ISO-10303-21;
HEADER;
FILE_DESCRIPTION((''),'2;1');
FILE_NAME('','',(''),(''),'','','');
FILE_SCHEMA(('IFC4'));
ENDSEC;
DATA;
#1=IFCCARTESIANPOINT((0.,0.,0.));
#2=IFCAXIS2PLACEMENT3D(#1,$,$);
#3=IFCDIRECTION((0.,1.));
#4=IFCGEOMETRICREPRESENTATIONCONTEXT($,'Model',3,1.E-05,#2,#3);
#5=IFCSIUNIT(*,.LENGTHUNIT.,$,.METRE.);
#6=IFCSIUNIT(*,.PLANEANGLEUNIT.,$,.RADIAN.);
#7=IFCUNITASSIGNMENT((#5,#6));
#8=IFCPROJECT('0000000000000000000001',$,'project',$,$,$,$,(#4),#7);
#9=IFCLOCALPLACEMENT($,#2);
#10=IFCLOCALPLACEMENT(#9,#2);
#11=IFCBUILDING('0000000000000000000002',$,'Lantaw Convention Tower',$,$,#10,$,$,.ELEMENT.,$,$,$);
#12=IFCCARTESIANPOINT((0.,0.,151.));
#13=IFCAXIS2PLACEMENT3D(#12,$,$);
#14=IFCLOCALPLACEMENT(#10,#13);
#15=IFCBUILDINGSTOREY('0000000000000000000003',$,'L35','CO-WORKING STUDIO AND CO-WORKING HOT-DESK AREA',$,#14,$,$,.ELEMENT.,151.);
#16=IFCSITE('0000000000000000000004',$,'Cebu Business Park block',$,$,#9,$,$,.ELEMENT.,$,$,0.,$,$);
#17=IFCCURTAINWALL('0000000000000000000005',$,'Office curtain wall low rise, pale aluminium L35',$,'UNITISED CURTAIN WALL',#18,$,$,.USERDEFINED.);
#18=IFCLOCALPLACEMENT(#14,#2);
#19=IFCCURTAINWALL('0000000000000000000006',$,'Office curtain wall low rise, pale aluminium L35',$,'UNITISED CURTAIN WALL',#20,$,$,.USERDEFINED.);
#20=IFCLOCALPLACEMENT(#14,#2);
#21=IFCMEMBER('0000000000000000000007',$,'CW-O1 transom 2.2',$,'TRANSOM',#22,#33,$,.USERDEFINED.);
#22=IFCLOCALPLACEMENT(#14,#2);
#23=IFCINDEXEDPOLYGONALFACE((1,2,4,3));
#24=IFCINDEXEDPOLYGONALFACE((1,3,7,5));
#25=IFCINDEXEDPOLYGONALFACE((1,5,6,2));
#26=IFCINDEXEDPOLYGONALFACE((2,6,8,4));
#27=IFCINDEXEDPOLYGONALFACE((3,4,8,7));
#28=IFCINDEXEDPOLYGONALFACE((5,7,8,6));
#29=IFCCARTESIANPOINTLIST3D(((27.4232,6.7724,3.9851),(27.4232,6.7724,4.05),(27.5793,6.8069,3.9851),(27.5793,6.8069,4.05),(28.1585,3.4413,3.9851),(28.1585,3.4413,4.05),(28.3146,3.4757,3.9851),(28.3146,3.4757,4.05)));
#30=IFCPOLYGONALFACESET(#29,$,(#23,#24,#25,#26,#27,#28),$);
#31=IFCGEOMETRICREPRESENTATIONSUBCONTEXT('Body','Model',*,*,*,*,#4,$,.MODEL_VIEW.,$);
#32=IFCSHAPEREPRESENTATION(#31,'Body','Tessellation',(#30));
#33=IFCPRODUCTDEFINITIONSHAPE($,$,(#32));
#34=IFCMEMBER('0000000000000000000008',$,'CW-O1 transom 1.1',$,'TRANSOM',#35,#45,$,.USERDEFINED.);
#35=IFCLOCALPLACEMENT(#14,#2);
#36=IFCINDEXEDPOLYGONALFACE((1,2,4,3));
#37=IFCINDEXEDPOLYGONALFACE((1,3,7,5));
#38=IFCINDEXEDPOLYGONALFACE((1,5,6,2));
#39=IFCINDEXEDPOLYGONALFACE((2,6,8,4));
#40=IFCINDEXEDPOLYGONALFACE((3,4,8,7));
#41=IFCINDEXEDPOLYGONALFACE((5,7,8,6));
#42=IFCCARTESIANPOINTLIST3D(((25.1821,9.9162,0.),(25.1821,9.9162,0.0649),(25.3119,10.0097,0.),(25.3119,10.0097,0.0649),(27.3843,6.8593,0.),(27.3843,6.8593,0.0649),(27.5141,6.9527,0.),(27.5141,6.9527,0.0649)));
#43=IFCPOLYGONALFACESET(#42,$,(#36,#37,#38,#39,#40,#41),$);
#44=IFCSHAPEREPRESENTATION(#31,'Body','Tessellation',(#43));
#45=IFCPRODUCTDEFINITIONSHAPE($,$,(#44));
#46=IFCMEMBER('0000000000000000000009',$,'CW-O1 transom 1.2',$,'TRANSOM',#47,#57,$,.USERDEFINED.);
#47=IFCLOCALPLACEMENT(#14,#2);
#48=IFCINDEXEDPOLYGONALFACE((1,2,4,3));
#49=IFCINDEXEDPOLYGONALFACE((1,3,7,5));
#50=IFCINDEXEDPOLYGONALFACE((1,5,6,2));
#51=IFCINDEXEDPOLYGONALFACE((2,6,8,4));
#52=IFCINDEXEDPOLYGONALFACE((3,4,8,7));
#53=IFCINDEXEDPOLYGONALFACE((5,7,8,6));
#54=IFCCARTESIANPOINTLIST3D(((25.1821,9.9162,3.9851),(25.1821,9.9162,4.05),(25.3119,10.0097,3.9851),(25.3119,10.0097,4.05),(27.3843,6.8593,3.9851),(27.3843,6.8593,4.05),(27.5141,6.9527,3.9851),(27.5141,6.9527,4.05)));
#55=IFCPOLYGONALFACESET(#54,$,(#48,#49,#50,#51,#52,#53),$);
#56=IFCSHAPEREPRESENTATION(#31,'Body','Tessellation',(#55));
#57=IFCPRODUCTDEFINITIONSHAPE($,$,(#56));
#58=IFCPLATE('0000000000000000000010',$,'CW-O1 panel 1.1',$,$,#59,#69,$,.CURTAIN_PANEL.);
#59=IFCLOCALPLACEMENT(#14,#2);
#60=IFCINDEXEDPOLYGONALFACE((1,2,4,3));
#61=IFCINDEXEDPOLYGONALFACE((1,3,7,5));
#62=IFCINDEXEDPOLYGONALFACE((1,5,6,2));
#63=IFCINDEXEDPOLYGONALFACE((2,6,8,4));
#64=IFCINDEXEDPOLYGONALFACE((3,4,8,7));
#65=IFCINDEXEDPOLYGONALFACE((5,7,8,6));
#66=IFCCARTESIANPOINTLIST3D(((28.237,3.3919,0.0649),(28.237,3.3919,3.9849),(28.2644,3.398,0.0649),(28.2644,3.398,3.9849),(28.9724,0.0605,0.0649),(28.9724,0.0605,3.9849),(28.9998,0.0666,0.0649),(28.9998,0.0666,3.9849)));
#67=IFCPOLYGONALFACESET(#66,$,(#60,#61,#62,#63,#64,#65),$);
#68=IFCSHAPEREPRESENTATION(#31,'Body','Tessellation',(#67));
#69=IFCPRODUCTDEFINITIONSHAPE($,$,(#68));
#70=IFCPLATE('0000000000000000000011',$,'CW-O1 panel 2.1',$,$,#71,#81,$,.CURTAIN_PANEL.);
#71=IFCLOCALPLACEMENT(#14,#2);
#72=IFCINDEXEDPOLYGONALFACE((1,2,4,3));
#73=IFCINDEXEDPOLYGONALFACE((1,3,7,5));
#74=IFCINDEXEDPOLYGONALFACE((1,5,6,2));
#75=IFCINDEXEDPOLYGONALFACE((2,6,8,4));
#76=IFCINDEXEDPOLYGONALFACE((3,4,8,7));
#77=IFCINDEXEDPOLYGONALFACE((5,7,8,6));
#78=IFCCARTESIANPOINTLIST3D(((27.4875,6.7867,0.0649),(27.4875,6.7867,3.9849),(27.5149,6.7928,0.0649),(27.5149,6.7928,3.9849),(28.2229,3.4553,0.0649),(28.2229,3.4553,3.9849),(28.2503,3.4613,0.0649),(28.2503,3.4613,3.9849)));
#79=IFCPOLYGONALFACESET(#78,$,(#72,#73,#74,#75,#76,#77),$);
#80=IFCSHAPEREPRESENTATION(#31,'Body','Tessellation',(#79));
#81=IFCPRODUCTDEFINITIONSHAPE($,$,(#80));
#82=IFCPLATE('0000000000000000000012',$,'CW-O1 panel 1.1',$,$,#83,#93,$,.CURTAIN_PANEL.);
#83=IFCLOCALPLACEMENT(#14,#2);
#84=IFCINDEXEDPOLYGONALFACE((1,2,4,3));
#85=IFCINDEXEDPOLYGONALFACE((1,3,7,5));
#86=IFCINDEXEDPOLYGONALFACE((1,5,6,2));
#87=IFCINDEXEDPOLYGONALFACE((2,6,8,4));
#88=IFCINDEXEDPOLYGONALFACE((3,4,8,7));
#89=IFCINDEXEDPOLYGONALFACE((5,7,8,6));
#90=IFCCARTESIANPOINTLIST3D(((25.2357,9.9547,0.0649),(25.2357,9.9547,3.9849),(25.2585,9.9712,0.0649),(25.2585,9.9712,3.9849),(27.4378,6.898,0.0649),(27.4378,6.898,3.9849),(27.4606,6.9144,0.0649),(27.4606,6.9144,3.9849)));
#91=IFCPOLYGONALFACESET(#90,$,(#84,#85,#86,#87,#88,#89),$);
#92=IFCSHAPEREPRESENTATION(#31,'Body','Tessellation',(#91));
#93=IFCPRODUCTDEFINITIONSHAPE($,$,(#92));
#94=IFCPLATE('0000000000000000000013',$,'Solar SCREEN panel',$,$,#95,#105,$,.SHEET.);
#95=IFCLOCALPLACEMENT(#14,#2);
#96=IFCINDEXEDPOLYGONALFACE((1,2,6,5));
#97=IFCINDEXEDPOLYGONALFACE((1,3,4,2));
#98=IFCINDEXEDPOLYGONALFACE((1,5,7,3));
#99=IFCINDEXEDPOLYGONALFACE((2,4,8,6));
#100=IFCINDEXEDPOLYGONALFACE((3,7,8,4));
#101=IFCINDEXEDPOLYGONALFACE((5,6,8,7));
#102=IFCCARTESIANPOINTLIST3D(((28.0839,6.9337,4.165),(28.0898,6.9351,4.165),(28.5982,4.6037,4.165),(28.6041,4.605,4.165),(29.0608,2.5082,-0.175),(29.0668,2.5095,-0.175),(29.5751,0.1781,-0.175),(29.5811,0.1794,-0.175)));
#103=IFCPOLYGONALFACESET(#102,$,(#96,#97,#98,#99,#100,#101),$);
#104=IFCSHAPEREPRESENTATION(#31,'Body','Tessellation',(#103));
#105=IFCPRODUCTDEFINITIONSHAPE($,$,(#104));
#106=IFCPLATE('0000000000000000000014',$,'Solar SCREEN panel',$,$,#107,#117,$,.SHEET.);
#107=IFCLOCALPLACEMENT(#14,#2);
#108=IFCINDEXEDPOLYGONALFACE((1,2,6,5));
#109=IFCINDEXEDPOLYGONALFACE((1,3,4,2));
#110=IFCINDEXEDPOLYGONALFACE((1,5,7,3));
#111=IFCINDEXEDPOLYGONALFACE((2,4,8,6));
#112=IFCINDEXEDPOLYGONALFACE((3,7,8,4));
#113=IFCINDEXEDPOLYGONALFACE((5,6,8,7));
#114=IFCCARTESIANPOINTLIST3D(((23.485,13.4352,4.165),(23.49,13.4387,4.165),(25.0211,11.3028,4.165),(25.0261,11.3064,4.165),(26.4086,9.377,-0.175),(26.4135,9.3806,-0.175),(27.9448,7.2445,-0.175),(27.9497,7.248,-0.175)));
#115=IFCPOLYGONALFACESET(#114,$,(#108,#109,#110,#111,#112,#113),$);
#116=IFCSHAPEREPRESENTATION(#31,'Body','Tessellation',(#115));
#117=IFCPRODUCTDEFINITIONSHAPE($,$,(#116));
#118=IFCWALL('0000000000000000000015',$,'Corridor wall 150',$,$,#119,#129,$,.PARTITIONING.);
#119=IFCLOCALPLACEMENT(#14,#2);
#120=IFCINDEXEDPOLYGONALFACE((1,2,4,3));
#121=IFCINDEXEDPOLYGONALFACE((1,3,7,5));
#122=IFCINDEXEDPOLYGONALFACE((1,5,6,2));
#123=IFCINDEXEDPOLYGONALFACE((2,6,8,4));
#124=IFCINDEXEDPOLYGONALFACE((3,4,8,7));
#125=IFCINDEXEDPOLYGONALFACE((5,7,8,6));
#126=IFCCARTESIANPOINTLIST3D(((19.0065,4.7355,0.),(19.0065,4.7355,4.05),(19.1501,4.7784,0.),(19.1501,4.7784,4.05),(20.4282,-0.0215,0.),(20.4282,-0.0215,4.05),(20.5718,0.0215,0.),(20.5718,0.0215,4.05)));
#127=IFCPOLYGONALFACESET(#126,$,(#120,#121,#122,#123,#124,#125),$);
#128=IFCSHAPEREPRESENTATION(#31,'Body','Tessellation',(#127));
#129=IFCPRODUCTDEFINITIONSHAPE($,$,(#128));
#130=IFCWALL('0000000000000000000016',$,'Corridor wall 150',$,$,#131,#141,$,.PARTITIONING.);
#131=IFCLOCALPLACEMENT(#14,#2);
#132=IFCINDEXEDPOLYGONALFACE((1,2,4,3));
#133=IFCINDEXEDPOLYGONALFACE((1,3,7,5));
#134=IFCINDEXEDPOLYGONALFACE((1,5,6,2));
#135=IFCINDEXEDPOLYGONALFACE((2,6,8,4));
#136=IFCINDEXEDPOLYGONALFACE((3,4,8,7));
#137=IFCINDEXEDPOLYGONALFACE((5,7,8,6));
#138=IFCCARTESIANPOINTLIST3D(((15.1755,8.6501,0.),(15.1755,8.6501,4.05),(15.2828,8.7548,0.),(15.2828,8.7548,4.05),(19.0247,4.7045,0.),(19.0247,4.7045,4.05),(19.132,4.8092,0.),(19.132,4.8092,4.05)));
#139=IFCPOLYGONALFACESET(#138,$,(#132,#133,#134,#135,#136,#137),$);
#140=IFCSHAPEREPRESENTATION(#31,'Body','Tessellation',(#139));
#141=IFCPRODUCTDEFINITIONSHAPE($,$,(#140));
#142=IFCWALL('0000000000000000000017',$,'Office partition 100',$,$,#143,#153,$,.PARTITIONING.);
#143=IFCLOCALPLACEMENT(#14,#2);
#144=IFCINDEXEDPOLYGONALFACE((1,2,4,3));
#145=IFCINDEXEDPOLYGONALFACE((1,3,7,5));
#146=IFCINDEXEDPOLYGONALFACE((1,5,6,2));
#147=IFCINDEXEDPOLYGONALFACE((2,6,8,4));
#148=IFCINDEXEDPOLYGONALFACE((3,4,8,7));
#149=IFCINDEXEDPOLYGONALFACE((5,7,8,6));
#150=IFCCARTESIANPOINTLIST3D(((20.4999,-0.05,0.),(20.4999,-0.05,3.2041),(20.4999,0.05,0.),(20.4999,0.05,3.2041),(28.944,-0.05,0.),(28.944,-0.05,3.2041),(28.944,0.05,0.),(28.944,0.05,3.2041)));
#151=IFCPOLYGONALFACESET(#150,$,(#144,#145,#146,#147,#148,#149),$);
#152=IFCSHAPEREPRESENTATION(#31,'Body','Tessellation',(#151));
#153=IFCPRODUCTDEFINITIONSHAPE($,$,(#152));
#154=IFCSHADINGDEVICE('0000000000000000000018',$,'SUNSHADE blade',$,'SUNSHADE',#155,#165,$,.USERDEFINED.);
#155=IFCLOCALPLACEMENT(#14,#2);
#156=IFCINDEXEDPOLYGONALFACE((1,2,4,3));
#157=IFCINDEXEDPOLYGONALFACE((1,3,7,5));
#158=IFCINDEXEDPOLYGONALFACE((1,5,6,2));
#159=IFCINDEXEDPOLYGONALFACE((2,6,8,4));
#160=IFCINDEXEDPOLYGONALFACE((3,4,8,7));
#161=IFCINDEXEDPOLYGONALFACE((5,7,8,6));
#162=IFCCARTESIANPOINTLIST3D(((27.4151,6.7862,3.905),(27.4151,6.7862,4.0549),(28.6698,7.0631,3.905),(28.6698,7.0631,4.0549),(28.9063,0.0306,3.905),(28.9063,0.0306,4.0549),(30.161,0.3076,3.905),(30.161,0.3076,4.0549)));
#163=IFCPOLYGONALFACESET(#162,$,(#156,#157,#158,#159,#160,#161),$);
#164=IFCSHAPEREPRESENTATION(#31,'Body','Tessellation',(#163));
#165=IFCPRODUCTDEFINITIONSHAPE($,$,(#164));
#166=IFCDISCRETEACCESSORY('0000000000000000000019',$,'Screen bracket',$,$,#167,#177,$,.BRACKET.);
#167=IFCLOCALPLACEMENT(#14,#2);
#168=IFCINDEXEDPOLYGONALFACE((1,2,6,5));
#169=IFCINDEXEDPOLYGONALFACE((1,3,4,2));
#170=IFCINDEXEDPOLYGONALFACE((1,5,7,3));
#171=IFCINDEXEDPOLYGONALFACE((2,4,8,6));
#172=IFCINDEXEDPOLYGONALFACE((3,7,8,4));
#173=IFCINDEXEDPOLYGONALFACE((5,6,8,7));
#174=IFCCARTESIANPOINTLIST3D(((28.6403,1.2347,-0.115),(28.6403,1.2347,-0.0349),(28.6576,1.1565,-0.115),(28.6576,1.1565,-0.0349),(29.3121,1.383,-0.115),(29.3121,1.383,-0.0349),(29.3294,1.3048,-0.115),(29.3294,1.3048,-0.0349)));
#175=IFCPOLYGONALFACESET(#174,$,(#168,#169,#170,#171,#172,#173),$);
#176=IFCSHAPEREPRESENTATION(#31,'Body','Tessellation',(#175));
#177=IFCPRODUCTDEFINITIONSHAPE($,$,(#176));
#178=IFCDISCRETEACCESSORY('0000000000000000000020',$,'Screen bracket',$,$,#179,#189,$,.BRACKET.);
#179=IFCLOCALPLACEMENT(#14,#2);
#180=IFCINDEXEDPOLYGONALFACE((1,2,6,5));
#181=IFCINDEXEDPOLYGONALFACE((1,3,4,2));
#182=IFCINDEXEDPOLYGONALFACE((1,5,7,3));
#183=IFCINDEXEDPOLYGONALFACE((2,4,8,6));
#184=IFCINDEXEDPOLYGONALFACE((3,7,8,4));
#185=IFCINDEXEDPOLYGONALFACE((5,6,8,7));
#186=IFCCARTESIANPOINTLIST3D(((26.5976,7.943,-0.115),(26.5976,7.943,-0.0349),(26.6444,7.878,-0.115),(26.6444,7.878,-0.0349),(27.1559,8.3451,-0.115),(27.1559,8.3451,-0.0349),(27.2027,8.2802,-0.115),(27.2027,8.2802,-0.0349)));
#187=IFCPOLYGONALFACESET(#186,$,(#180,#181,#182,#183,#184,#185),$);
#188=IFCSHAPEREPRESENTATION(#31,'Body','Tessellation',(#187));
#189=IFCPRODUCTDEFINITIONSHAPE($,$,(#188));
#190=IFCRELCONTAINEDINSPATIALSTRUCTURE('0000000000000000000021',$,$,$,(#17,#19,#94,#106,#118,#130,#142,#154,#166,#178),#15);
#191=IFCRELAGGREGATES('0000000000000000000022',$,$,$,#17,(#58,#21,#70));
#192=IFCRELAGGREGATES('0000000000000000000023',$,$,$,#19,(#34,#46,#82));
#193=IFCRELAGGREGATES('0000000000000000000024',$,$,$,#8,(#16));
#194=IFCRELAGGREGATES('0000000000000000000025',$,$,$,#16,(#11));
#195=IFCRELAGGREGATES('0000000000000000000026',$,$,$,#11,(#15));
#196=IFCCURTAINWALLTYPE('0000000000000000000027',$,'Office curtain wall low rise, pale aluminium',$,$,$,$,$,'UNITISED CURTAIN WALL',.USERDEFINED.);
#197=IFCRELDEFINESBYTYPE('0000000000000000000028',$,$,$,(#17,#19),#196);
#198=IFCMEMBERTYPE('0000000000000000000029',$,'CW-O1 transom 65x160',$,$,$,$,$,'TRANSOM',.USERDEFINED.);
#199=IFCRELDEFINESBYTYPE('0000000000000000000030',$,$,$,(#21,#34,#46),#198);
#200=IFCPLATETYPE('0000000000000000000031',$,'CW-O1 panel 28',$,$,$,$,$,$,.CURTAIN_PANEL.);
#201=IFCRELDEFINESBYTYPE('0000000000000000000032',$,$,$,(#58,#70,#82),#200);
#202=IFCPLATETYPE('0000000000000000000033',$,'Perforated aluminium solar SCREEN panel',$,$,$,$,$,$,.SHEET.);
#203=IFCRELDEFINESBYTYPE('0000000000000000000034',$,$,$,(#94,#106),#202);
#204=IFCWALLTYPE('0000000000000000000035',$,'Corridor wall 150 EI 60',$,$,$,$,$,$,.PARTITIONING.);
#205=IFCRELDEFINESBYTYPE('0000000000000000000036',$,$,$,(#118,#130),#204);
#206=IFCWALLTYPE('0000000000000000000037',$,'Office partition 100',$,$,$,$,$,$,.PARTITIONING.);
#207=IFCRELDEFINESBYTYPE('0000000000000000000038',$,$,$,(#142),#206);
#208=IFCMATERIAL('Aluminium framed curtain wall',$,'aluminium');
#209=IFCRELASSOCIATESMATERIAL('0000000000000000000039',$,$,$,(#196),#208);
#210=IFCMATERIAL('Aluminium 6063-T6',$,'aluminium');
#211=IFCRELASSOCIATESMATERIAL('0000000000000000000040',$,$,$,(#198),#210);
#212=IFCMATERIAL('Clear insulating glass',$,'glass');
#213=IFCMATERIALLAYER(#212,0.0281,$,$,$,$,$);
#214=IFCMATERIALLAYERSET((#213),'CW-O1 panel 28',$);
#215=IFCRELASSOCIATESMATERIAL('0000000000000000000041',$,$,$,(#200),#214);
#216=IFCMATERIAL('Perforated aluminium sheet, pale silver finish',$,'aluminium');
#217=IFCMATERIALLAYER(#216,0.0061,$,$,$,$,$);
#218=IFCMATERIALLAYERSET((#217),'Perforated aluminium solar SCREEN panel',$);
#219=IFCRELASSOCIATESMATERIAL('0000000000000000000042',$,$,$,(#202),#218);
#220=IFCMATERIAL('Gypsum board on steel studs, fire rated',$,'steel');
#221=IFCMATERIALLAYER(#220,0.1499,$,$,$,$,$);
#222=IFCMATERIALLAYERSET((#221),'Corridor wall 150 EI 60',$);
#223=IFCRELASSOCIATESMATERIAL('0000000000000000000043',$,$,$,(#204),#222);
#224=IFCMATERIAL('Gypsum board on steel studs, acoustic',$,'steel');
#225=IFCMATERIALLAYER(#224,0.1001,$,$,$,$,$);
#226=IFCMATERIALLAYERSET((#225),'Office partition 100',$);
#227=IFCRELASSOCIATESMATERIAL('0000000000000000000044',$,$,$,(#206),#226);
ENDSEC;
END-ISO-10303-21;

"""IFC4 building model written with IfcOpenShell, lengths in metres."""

from ifc_helpers import new_model, si_unit, direction, frame, frame_2d, origin, origin_2d, place, context, subcontext, project, spatial, polyline, rectangle, outline, extrude, material, layer, layer_set, material_profile, profile_set, type_object, element, aggregate, save


model = new_model("IFC4")

# Units and contexts
model_context = context("Model", 3, precision=1e-05, world=origin(), true_north=direction((0.0, 1.0)))
body_context = subcontext(model_context, "Body", "Model", "MODEL_VIEW")
ifc_project = project(units=[si_unit("LENGTHUNIT", "METRE"), si_unit("PLANEANGLEUNIT", "RADIAN")], contexts=[model_context])

# Site, building, storey
site_placement = place(None, origin())
site = spatial("IfcSite", under=ifc_project, at=site_placement, Name="Cebu Business Park block", CompositionType="ELEMENT", RefElevation=0.0)
building_placement = place(site_placement, origin())
building = spatial("IfcBuilding", under=site, at=building_placement, Name="Lantaw Convention Tower", CompositionType="ELEMENT")
storey_placement = place(building_placement, frame((0.0, 0.0, 151.0)))
storey = spatial("IfcBuildingStorey", under=building, at=storey_placement, Name="L35", Description="CO-WORKING STUDIO AND CO-WORKING HOT-DESK AREA", CompositionType="ELEMENT", Elevation=151.0)

# Curtain wall
ifc_material_1 = material(Name="Aluminium framed curtain wall", Category="aluminium")
curtain_wall_type = type_object("IfcCurtainWallType", Name="Office curtain wall low rise, pale aluminium", ElementType="UNITISED CURTAIN WALL", PredefinedType="USERDEFINED", material=ifc_material_1)
curtain_wall_1_placement = place(storey_placement, origin())
curtain_wall_1 = element("IfcCurtainWall", 1, at=curtain_wall_1_placement, inside=storey, type_object=curtain_wall_type, Name="Office curtain wall low rise, pale aluminium L35", ObjectType="UNITISED CURTAIN WALL", PredefinedType="USERDEFINED")
ifc_material_2 = material(Name="Aluminium 6063-T6", Category="aluminium")

# Curtain wall
curtain_wall_2_placement = place(storey_placement, origin())
curtain_wall_2 = element("IfcCurtainWall", 2, at=curtain_wall_2_placement, inside=storey, type_object=curtain_wall_type, Name="Office curtain wall low rise, pale aluminium L35", ObjectType="UNITISED CURTAIN WALL", PredefinedType="USERDEFINED")

# Members
ifc_material_profile_1 = material_profile(ifc_material_2, rectangle(XDim=0.1599, YDim=0.0649, at=origin_2d()), Name="CW-O1 transom 65x160")
ifc_profile_set_1 = profile_set([ifc_material_profile_1], Name="Aluminium 6063-T6")
member_type_1 = type_object("IfcMemberType", Name="CW-O1 transom 65x160", ElementType="TRANSOM", PredefinedType="USERDEFINED", material=ifc_profile_set_1)
member_1_placement = place(storey_placement, frame((28.2366, 3.4585, 4.0176), z_axis=(-0.215551, 0.976493, 0.0), x_axis=(-0.976493, -0.215551, 0.0)))
member_1 = element("IfcMember", 3, at=member_1_placement, type_object=member_type_1, Name="CW-O1 transom 2.2", ObjectType="TRANSOM", PredefinedType="USERDEFINED", context=body_context, shape_type="SweptSolid", body=[
    extrude(rectangle(XDim=0.1599, YDim=0.0649, at=origin_2d()), origin(), (0.0, 0.0, 1.0), 3.4114),
])
member_2_placement = place(storey_placement, frame((27.4492, 6.906, 0.0325), z_axis=(-0.584513, 0.811384, 0.0), x_axis=(-0.811384, -0.584513, 0.0)))
member_2 = element("IfcMember", 4, at=member_2_placement, type_object=member_type_1, Name="CW-O1 transom 1.1", ObjectType="TRANSOM", PredefinedType="USERDEFINED", context=body_context, shape_type="SweptSolid", body=[
    extrude(rectangle(XDim=0.1599, YDim=0.0649, at=origin_2d()), origin(), (0.0, 0.0, 1.0), 3.7676),
])
member_3_placement = place(storey_placement, frame((27.4492, 6.906, 4.0176), z_axis=(-0.584513, 0.811384, 0.0), x_axis=(-0.811384, -0.584513, 0.0)))
member_3 = element("IfcMember", 5, at=member_3_placement, type_object=member_type_1, Name="CW-O1 transom 1.2", ObjectType="TRANSOM", PredefinedType="USERDEFINED", context=body_context, shape_type="SweptSolid", body=[
    extrude(rectangle(XDim=0.1599, YDim=0.0649, at=origin_2d()), origin(), (0.0, 0.0, 1.0), 3.7676),
])

# Plates
ifc_material_3 = material(Name="Clear insulating glass", Category="glass")
ifc_layer_1 = layer(ifc_material_3, 0.0281)
ifc_layer_set_1 = layer_set([ifc_layer_1], Name="CW-O1 panel 28")
plate_type_1 = type_object("IfcPlateType", Name="CW-O1 panel 28", PredefinedType="CURTAIN_PANEL", material=ifc_layer_set_1)
plate_1_placement = place(storey_placement, frame((28.6184, 1.7292, 0.0649), z_axis=(0.0, 0.0, 1.0), x_axis=(-0.215546, 0.976494, 0.0)))
plate_1 = element("IfcPlate", 6, at=plate_1_placement, type_object=plate_type_1, Name="CW-O1 panel 1.1", PredefinedType="CURTAIN_PANEL", context=body_context, shape_type="SweptSolid", body=[
    extrude(rectangle(XDim=3.4116, YDim=0.0281, at=origin_2d()), origin(), (0.0, 0.0, 1.0), 3.9199),
])
plate_2_placement = place(storey_placement, frame((27.8689, 5.124, 0.0649), z_axis=(0.0, 0.0, 1.0), x_axis=(-0.215546, 0.976494, 0.0)))
plate_2 = element("IfcPlate", 7, at=plate_2_placement, type_object=plate_type_1, Name="CW-O1 panel 2.1", PredefinedType="CURTAIN_PANEL", context=body_context, shape_type="SweptSolid", body=[
    extrude(rectangle(XDim=3.4116, YDim=0.0281, at=origin_2d()), origin(), (0.0, 0.0, 1.0), 3.9199),
])
aggregate(curtain_wall_1, [plate_1, member_1, plate_2])
plate_3_placement = place(storey_placement, frame((26.3481, 8.4346, 0.0649), z_axis=(0.0, 0.0, 1.0), x_axis=(-0.584513, 0.811385, 0.0)))
plate_3 = element("IfcPlate", 8, at=plate_3_placement, type_object=plate_type_1, Name="CW-O1 panel 1.1", PredefinedType="CURTAIN_PANEL", context=body_context, shape_type="SweptSolid", body=[
    extrude(rectangle(XDim=3.7673, YDim=0.0281, at=origin_2d()), origin(), (0.0, 0.0, 1.0), 3.9199),
])
aggregate(curtain_wall_2, [member_2, member_3, plate_3])

# Plates
ifc_material_4 = material(Name="Perforated aluminium sheet, pale silver finish", Category="aluminium")
ifc_layer_2 = layer(ifc_material_4, 0.0061)
ifc_layer_set_2 = layer_set([ifc_layer_2], Name="Perforated aluminium solar SCREEN panel")
plate_type_2 = type_object("IfcPlateType", Name="Perforated aluminium solar SCREEN panel", PredefinedType="SHEET", material=ifc_layer_set_2)
plate_4_placement = place(storey_placement, frame((29.5811, 0.1794, -0.175), z_axis=(0.976498, 0.215527, 0.000033), x_axis=(-0.215527, 0.976498, 0.0)))
element("IfcPlate", 9, at=plate_4_placement, inside=storey, type_object=plate_type_2, Name="Solar SCREEN panel", PredefinedType="SHEET", context=body_context, shape_type="SweptSolid", body=[
    extrude(outline(polyline([(0.0, 0.0), (2.3862, 0.0), (6.9182, 4.3401), (4.5321, 4.3401), (0.0, 0.0)])), origin(), (0.0, 0.0, -1.0), 0.0061),
])
plate_5_placement = place(storey_placement, frame((27.9497, 7.248, -0.175), z_axis=(0.811395, 0.584498, 0.000036), x_axis=(-0.584498, 0.811395, 0.0)))
element("IfcPlate", 10, at=plate_5_placement, inside=storey, type_object=plate_type_2, Name="Solar SCREEN panel", PredefinedType="SHEET", context=body_context, shape_type="SweptSolid", body=[
    extrude(outline(polyline([(0.0, 0.0), (2.6282, 0.0), (7.6298, 4.3401), (5.0018, 4.3401), (0.0, 0.0)])), origin(), (0.0, 0.0, -1.0), 0.0061),
])

# Walls
ifc_material_5 = material(Name="Gypsum board on steel studs, fire rated", Category="steel")
ifc_layer_3 = layer(ifc_material_5, 0.1499)
ifc_layer_set_3 = layer_set([ifc_layer_3], Name="Corridor wall 150 EI 60")
wall_type_1 = type_object("IfcWallType", Name="Corridor wall 150 EI 60", PredefinedType="PARTITIONING", material=ifc_layer_set_3)
wall_1_placement = place(storey_placement, frame((20.5, 0.0, 0.0), z_axis=(0.0, 0.0, 1.0), x_axis=(-0.286346, 0.958126, 0.0)))
element("IfcWall", 11, at=wall_1_placement, inside=storey, type_object=wall_type_1, Name="Corridor wall 150", PredefinedType="PARTITIONING", context=body_context, shape_type="SweptSolid", body=[
    extrude(rectangle(XDim=4.9648, YDim=0.1499, at=frame_2d((2.4824, 0.0))), origin(), (0.0, 0.0, 1.0), 4.05),
])
wall_2_placement = place(storey_placement, frame((19.0784, 4.7568, 0.0), z_axis=(0.0, 0.0, 1.0), x_axis=(-0.698305, 0.7158, 0.0)))
element("IfcWall", 12, at=wall_2_placement, inside=storey, type_object=wall_type_1, Name="Corridor wall 150", PredefinedType="PARTITIONING", context=body_context, shape_type="SweptSolid", body=[
    extrude(rectangle(XDim=5.5122, YDim=0.1499, at=frame_2d((2.7561, 0.0))), origin(), (0.0, 0.0, 1.0), 4.05),
])
ifc_material_6 = material(Name="Gypsum board on steel studs, acoustic", Category="steel")
ifc_layer_4 = layer(ifc_material_6, 0.1001)
ifc_layer_set_4 = layer_set([ifc_layer_4], Name="Office partition 100")
wall_type_2 = type_object("IfcWallType", Name="Office partition 100", PredefinedType="PARTITIONING", material=ifc_layer_set_4)
wall_3_placement = place(storey_placement, frame((28.9441, 0.0, 0.0), z_axis=(0.0, 0.0, 1.0), x_axis=(-1.0, 0.0, 0.0)))
element("IfcWall", 13, at=wall_3_placement, inside=storey, type_object=wall_type_2, Name="Office partition 100", PredefinedType="PARTITIONING", context=body_context, shape_type="SweptSolid", body=[
    extrude(rectangle(XDim=8.4441, YDim=0.1001, at=frame_2d((4.2222, 0.0))), origin(), (0.0, 0.0, 1.0), 3.2041),
])

# Shading device
shading_device_placement = place(storey_placement, frame((28.7881, 3.5469, 3.905), z_axis=(0.0, 0.0, 1.0), x_axis=(-0.215546, 0.976494, 0.0)))
element("IfcShadingDevice", 14, at=shading_device_placement, inside=storey, Name="SUNSHADE blade", ObjectType="SUNSHADE", PredefinedType="USERDEFINED", context=body_context, shape_type="SweptSolid", body=[
    extrude(rectangle(XDim=6.9182, YDim=1.2849, at=origin_2d()), origin(), (0.0, 0.0, 1.0), 0.1499),
])

# Discrete accessories
for number, where, z_axis, x_axis, name in (
    (15, (28.9849, 1.2698, -0.115), (0.0, 0.0, 1.0), (-0.215546, 0.976494, 0.0), "Screen bracket"),
    (16, (26.9001, 8.1116, -0.115), (0.0, 0.0, 1.0), (-0.584513, 0.811385, 0.0), "Screen bracket"),
):
    element("IfcDiscreteAccessory", number, at=place(storey_placement, frame(where, z_axis=z_axis, x_axis=x_axis)), inside=storey, Name=name, PredefinedType="BRACKET", context=body_context, shape_type="SweptSolid", body=[
        extrude(rectangle(XDim=0.0801, YDim=0.688, at=origin_2d()), origin(), (0.0, 0.0, 1.0), 0.0801),
    ])

save(model, "model.ifc")
